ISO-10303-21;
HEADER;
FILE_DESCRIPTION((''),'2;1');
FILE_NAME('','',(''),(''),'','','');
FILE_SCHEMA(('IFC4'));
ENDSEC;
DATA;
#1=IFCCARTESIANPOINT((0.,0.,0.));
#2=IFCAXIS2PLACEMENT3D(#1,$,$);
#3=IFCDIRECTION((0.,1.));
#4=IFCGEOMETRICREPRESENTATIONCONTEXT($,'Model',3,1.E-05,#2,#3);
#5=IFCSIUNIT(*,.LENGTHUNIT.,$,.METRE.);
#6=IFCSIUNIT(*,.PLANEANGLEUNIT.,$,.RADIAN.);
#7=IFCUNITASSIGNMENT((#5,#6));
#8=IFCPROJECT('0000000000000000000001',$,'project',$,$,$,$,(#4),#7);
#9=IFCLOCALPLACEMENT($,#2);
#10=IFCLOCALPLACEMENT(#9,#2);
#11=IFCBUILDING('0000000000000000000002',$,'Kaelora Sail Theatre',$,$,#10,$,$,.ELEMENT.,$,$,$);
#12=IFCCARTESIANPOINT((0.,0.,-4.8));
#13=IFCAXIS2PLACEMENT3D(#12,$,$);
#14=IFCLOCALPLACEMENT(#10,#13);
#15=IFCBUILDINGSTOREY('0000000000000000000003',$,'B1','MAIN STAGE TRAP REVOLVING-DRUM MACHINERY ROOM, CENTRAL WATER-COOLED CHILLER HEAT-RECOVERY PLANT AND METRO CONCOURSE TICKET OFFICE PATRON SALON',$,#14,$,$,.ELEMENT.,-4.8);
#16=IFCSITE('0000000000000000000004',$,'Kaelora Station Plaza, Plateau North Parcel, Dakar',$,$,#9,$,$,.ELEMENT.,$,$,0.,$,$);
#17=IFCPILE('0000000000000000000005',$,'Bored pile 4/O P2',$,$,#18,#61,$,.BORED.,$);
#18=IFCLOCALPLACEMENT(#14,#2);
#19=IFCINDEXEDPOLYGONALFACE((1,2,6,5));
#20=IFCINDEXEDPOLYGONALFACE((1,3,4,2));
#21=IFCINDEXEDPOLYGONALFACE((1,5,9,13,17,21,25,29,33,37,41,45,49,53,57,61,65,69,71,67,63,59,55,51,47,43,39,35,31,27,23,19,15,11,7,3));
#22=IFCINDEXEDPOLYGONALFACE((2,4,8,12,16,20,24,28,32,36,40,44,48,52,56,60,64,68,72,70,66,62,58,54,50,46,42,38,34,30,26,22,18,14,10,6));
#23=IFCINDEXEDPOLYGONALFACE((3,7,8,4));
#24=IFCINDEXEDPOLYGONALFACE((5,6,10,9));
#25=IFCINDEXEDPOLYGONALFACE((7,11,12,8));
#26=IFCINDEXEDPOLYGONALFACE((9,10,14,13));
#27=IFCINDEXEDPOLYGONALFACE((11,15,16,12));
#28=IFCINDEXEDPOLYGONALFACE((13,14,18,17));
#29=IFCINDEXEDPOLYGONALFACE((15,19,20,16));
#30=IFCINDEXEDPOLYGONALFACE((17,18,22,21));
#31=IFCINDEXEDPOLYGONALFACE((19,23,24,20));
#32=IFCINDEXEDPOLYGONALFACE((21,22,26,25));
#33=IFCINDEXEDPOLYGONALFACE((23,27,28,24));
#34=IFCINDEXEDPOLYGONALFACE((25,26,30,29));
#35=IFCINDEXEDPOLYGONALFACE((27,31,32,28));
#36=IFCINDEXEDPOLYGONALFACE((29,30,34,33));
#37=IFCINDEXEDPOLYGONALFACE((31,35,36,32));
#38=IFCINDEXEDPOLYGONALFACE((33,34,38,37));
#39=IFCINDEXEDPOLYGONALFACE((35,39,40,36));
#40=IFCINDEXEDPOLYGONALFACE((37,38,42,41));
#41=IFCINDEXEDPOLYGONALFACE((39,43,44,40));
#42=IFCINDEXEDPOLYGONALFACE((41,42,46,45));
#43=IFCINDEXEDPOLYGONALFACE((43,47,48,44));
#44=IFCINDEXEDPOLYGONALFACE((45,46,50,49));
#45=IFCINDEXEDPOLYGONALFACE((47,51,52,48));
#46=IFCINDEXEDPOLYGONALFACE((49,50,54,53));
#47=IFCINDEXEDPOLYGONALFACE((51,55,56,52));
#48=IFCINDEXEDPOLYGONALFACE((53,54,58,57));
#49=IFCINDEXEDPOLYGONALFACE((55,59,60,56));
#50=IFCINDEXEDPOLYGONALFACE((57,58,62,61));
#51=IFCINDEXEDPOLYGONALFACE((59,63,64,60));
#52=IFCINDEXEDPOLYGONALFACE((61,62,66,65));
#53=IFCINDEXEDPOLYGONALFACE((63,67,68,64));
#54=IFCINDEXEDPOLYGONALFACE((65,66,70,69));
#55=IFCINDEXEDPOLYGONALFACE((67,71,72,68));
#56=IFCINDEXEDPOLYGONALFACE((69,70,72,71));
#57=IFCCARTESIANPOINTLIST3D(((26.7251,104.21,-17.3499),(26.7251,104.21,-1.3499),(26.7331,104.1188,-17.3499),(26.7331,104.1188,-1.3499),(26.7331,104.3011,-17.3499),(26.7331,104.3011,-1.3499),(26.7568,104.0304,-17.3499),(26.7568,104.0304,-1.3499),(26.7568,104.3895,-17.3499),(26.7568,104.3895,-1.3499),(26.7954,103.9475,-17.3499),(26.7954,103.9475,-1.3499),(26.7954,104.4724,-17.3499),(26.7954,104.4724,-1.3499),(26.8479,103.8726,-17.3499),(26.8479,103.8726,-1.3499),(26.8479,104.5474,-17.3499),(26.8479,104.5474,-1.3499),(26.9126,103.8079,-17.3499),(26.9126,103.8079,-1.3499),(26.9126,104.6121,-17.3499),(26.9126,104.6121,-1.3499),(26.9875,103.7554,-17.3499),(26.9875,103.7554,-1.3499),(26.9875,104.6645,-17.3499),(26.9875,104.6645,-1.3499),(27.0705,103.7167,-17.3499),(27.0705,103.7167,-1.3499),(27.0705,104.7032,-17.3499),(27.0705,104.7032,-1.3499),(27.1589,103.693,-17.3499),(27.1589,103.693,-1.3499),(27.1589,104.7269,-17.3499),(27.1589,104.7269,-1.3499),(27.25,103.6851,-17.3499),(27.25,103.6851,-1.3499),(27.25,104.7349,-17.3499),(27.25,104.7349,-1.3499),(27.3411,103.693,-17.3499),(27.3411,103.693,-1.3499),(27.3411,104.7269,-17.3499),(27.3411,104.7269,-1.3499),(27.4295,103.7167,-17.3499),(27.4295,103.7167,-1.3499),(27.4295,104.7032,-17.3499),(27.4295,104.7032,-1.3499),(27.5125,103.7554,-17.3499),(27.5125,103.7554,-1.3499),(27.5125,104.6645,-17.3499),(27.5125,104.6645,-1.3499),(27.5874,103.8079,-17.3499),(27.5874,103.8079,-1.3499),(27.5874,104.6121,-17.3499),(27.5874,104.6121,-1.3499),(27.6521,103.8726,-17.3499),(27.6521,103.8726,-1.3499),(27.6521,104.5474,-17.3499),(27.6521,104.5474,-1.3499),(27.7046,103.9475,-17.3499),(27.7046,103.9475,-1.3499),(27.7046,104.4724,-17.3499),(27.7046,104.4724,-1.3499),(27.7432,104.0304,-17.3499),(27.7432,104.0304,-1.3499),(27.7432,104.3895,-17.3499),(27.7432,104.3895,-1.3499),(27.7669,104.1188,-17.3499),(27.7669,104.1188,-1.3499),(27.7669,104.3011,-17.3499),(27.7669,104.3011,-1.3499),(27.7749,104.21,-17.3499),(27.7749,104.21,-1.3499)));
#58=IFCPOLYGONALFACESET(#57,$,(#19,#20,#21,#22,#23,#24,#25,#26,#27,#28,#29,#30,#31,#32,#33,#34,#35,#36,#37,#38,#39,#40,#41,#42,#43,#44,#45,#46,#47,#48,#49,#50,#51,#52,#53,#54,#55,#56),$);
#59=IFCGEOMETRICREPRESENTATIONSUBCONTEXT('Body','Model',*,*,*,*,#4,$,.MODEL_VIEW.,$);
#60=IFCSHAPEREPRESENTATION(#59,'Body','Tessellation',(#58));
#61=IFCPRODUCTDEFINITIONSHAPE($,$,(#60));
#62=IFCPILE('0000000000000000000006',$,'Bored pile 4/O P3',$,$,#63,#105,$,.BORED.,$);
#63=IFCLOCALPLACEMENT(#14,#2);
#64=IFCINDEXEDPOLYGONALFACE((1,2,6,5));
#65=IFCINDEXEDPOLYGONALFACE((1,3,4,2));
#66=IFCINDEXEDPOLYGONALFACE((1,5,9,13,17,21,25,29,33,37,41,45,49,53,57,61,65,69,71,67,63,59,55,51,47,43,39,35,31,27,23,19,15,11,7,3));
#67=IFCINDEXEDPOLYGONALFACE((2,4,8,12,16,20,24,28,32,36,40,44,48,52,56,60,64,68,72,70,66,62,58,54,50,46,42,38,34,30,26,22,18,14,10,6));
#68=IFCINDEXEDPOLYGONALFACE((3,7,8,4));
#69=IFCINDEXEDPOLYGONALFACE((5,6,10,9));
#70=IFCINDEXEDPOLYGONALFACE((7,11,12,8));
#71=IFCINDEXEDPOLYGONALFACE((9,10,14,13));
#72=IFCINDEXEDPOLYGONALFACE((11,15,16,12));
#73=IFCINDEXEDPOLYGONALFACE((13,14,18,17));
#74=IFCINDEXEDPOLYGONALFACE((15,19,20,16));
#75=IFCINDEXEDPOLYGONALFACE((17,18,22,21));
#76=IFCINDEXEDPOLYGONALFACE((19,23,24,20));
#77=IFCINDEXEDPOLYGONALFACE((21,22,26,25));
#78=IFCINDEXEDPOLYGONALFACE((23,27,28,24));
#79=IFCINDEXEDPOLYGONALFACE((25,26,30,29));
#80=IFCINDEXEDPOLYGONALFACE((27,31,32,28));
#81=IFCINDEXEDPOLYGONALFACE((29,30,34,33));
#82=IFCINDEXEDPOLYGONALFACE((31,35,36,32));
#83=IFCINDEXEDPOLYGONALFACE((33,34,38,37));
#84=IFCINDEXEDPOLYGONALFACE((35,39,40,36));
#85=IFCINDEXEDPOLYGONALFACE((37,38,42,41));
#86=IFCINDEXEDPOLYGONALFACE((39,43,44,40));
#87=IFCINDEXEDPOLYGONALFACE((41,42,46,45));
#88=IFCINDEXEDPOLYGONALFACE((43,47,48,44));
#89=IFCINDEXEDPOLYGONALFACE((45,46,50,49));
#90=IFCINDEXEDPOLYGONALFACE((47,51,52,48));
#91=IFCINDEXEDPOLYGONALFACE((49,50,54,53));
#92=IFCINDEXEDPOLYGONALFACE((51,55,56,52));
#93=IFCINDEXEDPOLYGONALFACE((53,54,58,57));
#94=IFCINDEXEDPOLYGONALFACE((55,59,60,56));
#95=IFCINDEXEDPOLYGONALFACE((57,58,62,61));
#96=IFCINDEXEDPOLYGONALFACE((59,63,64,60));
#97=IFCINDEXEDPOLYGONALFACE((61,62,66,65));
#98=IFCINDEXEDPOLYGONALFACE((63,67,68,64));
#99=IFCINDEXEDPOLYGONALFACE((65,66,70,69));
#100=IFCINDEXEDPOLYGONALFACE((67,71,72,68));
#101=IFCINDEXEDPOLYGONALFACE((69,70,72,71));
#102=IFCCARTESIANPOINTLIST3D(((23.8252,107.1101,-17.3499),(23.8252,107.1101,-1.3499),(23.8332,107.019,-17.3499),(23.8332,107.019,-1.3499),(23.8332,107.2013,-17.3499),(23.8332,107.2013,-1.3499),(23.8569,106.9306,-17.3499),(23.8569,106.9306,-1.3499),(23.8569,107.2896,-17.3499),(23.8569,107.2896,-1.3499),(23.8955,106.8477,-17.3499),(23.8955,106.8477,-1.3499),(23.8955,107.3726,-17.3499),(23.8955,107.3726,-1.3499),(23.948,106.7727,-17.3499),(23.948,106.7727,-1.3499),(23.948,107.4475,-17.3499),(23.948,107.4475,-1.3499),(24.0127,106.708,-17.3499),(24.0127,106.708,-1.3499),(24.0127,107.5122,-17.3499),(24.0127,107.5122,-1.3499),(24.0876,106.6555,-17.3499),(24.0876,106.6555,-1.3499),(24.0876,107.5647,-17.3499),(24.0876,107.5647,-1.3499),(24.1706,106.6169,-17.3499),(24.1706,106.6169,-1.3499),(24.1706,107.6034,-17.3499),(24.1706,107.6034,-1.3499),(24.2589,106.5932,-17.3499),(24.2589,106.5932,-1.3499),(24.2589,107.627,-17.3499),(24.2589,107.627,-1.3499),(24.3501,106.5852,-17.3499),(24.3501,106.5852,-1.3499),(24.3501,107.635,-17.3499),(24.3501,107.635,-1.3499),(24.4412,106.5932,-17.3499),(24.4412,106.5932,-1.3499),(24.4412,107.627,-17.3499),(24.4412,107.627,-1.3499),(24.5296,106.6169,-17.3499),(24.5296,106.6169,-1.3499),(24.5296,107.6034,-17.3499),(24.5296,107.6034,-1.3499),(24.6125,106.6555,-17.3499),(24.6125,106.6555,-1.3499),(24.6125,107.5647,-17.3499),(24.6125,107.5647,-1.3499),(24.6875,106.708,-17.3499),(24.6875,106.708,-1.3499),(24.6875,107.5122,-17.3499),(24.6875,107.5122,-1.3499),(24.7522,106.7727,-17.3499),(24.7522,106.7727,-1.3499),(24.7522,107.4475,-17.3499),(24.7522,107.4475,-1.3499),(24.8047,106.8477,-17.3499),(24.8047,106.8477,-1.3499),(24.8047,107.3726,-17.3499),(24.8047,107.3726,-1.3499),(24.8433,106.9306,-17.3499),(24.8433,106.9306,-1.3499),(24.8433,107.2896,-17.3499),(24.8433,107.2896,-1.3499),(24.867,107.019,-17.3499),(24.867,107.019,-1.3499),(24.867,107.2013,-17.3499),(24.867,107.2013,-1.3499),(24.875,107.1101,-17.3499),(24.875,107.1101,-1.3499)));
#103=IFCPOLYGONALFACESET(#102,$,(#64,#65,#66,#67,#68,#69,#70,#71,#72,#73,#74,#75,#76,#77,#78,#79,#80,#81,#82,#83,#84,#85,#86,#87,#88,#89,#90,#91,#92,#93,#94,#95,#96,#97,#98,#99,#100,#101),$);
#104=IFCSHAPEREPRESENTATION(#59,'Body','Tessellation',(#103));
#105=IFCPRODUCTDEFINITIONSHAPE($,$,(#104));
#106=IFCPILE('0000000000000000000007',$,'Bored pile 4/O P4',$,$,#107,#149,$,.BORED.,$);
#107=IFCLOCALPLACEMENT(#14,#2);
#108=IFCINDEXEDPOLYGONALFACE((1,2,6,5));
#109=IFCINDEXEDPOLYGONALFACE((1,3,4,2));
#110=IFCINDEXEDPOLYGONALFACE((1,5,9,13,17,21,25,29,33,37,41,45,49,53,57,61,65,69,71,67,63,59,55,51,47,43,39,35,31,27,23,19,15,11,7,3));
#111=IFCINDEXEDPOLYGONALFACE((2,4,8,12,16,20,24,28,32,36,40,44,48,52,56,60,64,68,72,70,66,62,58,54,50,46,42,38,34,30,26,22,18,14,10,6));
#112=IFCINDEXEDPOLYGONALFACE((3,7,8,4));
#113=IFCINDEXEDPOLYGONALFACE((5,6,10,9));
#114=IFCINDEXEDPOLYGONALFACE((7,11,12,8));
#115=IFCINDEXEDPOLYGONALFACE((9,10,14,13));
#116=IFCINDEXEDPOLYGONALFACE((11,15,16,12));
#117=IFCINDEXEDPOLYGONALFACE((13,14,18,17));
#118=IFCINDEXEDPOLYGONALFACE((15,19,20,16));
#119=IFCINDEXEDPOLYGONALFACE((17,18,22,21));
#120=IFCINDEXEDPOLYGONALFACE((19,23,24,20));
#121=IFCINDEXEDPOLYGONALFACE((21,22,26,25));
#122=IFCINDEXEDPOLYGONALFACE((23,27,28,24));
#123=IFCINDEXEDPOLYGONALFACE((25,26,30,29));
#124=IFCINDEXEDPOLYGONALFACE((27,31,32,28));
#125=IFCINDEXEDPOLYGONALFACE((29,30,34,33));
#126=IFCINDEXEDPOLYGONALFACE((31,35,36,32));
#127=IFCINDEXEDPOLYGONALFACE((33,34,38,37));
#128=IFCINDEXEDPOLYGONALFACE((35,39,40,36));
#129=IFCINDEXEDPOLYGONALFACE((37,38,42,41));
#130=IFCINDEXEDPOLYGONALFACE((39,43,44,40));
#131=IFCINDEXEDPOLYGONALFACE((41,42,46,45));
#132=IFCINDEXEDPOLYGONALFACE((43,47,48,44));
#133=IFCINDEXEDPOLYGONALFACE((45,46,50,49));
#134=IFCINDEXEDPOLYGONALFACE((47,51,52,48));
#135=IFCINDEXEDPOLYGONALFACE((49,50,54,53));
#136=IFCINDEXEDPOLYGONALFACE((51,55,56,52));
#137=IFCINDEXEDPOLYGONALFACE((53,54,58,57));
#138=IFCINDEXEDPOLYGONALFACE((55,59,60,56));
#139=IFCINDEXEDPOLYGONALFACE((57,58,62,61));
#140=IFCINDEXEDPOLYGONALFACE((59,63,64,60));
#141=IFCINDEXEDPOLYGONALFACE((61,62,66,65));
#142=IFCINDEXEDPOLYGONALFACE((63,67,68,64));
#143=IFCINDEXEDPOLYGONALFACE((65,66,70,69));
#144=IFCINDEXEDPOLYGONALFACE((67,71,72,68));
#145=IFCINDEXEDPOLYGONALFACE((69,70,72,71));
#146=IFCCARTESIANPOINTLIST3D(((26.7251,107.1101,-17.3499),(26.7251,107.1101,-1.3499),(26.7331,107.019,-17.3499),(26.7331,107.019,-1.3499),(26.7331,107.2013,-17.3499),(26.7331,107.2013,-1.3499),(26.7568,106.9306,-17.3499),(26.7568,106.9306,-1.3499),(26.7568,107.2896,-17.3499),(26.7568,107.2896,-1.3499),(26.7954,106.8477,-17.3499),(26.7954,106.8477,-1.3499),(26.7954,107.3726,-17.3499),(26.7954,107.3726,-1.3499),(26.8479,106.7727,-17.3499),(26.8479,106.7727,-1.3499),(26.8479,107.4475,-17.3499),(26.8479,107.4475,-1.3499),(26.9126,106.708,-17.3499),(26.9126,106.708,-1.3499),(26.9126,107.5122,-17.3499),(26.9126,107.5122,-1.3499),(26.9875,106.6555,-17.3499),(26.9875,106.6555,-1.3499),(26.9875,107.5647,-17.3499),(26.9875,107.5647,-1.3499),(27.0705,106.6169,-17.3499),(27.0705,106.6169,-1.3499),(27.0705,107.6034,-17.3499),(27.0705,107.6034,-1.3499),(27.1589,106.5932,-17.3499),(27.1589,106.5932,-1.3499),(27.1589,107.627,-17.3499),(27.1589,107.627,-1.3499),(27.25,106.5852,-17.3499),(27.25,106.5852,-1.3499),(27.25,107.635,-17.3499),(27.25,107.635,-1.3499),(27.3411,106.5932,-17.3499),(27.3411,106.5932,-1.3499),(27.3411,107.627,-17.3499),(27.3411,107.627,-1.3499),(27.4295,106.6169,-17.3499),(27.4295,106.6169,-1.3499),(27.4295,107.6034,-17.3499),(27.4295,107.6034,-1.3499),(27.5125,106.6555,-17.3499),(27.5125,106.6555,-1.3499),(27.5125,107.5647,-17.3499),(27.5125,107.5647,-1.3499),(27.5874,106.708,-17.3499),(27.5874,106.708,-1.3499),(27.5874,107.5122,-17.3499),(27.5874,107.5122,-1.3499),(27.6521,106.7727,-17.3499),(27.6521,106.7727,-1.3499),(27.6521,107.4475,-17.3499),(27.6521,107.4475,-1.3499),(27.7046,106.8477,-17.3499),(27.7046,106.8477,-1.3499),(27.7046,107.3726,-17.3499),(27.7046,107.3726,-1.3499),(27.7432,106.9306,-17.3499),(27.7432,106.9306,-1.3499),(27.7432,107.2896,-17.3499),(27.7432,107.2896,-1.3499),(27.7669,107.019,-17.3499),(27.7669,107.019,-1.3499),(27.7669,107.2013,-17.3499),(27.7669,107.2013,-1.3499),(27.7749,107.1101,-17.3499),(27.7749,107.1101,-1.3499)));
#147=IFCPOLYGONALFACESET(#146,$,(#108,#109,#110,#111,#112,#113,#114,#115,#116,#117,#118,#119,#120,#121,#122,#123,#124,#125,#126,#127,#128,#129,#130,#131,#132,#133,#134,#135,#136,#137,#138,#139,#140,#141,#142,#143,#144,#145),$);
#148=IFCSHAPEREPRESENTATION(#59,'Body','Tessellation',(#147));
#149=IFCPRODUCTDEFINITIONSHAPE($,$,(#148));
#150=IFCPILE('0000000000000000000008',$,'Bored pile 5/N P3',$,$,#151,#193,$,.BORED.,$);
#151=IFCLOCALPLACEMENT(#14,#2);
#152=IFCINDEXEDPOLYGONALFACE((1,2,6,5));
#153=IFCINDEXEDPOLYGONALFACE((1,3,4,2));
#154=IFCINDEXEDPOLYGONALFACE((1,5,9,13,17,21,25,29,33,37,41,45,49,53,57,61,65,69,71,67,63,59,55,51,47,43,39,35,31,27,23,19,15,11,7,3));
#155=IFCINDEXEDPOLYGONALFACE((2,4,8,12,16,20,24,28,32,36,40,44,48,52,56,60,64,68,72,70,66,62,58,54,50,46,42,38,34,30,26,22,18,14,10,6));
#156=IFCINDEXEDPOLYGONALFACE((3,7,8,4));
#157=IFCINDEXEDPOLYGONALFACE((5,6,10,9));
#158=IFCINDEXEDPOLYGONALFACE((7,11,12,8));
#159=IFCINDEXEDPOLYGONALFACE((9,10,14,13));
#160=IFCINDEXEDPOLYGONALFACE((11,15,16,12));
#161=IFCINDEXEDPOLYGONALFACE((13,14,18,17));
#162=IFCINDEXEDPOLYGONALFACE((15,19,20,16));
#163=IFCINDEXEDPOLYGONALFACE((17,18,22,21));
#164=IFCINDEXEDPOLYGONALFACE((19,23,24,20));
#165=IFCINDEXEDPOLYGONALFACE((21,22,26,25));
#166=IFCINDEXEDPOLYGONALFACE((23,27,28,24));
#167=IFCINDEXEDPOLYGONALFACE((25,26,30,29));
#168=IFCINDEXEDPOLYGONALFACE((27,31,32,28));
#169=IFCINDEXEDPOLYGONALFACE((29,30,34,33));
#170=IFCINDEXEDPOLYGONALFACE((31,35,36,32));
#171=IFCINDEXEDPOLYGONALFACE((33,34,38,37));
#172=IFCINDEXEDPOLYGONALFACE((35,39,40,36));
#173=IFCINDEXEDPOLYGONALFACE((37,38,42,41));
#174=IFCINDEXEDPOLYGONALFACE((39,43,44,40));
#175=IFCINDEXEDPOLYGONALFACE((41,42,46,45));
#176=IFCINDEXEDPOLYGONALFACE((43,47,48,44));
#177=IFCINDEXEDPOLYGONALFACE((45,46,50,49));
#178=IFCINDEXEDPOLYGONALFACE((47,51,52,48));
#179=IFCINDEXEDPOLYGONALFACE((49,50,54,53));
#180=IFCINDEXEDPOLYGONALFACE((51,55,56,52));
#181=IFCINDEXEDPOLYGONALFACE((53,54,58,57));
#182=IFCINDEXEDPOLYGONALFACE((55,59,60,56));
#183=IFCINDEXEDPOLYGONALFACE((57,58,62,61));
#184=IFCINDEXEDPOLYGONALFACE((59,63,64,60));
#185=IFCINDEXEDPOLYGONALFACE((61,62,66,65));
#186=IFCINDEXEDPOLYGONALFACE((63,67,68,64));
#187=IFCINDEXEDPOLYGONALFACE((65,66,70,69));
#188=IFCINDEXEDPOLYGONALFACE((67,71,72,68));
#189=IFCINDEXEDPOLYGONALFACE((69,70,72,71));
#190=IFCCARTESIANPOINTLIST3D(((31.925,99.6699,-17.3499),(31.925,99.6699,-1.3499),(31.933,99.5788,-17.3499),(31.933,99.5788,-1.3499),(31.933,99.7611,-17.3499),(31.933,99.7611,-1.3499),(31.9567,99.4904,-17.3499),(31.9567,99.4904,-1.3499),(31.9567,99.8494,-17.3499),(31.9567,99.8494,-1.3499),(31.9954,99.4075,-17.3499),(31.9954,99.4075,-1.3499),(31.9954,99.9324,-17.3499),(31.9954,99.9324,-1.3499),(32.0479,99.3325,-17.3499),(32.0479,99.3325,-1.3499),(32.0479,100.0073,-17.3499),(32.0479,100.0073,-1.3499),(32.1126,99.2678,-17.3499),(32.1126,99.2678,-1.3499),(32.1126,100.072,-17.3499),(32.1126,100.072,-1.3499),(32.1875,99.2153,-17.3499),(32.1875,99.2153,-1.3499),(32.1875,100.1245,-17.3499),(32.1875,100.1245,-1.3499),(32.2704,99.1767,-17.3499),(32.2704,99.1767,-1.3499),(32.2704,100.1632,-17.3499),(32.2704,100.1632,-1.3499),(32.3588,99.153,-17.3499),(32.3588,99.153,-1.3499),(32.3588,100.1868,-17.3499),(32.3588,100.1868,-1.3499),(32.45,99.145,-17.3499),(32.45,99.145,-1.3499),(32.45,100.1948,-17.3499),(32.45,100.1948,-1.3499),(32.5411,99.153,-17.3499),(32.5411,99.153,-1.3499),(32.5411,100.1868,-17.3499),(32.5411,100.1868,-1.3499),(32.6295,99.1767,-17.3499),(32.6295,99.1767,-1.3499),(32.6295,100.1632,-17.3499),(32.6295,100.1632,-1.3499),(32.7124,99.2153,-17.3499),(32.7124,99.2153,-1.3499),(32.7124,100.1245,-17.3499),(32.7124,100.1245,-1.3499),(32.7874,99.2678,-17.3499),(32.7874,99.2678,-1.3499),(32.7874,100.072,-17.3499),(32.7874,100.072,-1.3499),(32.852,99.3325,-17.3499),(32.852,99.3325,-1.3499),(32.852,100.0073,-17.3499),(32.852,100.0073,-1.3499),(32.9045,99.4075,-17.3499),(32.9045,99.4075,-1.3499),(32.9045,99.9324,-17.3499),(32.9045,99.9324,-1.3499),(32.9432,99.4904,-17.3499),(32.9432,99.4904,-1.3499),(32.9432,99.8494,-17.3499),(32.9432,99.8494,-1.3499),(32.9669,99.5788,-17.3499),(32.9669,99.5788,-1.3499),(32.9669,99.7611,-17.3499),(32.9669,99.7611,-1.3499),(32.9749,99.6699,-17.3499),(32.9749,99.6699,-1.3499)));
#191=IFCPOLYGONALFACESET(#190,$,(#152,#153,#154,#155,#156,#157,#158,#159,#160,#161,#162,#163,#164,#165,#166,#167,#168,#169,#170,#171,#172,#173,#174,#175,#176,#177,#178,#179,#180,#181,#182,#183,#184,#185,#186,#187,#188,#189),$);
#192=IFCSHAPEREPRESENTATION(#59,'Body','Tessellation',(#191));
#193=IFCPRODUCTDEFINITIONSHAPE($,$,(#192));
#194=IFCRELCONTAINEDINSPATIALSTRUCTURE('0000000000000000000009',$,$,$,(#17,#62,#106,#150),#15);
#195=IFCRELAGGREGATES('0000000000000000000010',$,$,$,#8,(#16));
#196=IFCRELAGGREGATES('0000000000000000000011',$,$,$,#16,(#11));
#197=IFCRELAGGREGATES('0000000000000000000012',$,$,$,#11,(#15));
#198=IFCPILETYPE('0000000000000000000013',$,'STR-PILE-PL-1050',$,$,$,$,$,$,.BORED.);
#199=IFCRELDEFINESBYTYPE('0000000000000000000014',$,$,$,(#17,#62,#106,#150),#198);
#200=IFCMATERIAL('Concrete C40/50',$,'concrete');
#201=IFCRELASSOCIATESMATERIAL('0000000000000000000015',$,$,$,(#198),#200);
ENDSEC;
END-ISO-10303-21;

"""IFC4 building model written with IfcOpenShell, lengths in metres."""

from ifc_helpers import new_model, si_unit, direction, frame, origin, origin_2d, place, context, subcontext, project, spatial, circle, extrude, material, material_profile, profile_set, type_object, element, save


model = new_model("IFC4")

# Units and contexts
model_context = context("Model", 3, precision=1e-05, world=origin(), true_north=direction((0.0, 1.0)))
body_context = subcontext(model_context, "Body", "Model", "MODEL_VIEW")
ifc_project = project(units=[si_unit("LENGTHUNIT", "METRE"), si_unit("PLANEANGLEUNIT", "RADIAN")], contexts=[model_context])

# Site, building, storey
site_placement = place(None, origin())
site = spatial("IfcSite", under=ifc_project, at=site_placement, Name="Kaelora Station Plaza, Plateau North Parcel, Dakar", CompositionType="ELEMENT", RefElevation=0.0)
building_placement = place(site_placement, origin())
building = spatial("IfcBuilding", under=site, at=building_placement, Name="Kaelora Sail Theatre", CompositionType="ELEMENT")
storey_placement = place(building_placement, frame((0.0, 0.0, -4.8)))
storey = spatial("IfcBuildingStorey", under=building, at=storey_placement, Name="B1", Description="MAIN STAGE TRAP REVOLVING-DRUM MACHINERY ROOM, CENTRAL WATER-COOLED CHILLER HEAT-RECOVERY PLANT AND METRO CONCOURSE TICKET OFFICE PATRON SALON", CompositionType="ELEMENT", Elevation=-4.8)

# Piles
ifc_material_1 = material(Name="Concrete C40/50", Category="concrete")
ifc_material_profile_1 = material_profile(ifc_material_1, circle(Radius=0.5249, at=origin_2d()), Name="PILE D1050")
ifc_profile_set_1 = profile_set([ifc_material_profile_1], Name="Concrete C40/50")
pile_type_1 = type_object("IfcPileType", Name="STR-PILE-PL-1050", PredefinedType="BORED", material=ifc_profile_set_1)
for number, where, z_axis, x_axis, name in (
    (1, (27.25, 104.21, -1.3499), (0.0, 0.0, -1.0), (1.0, 0.0, 0.0), "Bored pile 4/O P2"),
    (2, (24.3501, 107.1101, -1.3499), (0.0, 0.0, -1.0), (1.0, 0.0, 0.0), "Bored pile 4/O P3"),
    (3, (27.25, 107.1101, -1.3499), (0.0, 0.0, -1.0), (1.0, 0.0, 0.0), "Bored pile 4/O P4"),
    (4, (32.45, 99.6699, -1.3499), (0.0, 0.0, -1.0), (1.0, 0.0, 0.0), "Bored pile 5/N P3"),
):
    element("IfcPile", number, at=place(storey_placement, frame(where, z_axis=z_axis, x_axis=x_axis)), inside=storey, type_object=pile_type_1, Name=name, PredefinedType="BORED", context=body_context, shape_type="SweptSolid", body=[
        extrude(circle(Radius=0.5249, at=origin_2d()), origin(), (0.0, 0.0, 1.0), 16.0),
    ])

save(model, "model.ifc")
